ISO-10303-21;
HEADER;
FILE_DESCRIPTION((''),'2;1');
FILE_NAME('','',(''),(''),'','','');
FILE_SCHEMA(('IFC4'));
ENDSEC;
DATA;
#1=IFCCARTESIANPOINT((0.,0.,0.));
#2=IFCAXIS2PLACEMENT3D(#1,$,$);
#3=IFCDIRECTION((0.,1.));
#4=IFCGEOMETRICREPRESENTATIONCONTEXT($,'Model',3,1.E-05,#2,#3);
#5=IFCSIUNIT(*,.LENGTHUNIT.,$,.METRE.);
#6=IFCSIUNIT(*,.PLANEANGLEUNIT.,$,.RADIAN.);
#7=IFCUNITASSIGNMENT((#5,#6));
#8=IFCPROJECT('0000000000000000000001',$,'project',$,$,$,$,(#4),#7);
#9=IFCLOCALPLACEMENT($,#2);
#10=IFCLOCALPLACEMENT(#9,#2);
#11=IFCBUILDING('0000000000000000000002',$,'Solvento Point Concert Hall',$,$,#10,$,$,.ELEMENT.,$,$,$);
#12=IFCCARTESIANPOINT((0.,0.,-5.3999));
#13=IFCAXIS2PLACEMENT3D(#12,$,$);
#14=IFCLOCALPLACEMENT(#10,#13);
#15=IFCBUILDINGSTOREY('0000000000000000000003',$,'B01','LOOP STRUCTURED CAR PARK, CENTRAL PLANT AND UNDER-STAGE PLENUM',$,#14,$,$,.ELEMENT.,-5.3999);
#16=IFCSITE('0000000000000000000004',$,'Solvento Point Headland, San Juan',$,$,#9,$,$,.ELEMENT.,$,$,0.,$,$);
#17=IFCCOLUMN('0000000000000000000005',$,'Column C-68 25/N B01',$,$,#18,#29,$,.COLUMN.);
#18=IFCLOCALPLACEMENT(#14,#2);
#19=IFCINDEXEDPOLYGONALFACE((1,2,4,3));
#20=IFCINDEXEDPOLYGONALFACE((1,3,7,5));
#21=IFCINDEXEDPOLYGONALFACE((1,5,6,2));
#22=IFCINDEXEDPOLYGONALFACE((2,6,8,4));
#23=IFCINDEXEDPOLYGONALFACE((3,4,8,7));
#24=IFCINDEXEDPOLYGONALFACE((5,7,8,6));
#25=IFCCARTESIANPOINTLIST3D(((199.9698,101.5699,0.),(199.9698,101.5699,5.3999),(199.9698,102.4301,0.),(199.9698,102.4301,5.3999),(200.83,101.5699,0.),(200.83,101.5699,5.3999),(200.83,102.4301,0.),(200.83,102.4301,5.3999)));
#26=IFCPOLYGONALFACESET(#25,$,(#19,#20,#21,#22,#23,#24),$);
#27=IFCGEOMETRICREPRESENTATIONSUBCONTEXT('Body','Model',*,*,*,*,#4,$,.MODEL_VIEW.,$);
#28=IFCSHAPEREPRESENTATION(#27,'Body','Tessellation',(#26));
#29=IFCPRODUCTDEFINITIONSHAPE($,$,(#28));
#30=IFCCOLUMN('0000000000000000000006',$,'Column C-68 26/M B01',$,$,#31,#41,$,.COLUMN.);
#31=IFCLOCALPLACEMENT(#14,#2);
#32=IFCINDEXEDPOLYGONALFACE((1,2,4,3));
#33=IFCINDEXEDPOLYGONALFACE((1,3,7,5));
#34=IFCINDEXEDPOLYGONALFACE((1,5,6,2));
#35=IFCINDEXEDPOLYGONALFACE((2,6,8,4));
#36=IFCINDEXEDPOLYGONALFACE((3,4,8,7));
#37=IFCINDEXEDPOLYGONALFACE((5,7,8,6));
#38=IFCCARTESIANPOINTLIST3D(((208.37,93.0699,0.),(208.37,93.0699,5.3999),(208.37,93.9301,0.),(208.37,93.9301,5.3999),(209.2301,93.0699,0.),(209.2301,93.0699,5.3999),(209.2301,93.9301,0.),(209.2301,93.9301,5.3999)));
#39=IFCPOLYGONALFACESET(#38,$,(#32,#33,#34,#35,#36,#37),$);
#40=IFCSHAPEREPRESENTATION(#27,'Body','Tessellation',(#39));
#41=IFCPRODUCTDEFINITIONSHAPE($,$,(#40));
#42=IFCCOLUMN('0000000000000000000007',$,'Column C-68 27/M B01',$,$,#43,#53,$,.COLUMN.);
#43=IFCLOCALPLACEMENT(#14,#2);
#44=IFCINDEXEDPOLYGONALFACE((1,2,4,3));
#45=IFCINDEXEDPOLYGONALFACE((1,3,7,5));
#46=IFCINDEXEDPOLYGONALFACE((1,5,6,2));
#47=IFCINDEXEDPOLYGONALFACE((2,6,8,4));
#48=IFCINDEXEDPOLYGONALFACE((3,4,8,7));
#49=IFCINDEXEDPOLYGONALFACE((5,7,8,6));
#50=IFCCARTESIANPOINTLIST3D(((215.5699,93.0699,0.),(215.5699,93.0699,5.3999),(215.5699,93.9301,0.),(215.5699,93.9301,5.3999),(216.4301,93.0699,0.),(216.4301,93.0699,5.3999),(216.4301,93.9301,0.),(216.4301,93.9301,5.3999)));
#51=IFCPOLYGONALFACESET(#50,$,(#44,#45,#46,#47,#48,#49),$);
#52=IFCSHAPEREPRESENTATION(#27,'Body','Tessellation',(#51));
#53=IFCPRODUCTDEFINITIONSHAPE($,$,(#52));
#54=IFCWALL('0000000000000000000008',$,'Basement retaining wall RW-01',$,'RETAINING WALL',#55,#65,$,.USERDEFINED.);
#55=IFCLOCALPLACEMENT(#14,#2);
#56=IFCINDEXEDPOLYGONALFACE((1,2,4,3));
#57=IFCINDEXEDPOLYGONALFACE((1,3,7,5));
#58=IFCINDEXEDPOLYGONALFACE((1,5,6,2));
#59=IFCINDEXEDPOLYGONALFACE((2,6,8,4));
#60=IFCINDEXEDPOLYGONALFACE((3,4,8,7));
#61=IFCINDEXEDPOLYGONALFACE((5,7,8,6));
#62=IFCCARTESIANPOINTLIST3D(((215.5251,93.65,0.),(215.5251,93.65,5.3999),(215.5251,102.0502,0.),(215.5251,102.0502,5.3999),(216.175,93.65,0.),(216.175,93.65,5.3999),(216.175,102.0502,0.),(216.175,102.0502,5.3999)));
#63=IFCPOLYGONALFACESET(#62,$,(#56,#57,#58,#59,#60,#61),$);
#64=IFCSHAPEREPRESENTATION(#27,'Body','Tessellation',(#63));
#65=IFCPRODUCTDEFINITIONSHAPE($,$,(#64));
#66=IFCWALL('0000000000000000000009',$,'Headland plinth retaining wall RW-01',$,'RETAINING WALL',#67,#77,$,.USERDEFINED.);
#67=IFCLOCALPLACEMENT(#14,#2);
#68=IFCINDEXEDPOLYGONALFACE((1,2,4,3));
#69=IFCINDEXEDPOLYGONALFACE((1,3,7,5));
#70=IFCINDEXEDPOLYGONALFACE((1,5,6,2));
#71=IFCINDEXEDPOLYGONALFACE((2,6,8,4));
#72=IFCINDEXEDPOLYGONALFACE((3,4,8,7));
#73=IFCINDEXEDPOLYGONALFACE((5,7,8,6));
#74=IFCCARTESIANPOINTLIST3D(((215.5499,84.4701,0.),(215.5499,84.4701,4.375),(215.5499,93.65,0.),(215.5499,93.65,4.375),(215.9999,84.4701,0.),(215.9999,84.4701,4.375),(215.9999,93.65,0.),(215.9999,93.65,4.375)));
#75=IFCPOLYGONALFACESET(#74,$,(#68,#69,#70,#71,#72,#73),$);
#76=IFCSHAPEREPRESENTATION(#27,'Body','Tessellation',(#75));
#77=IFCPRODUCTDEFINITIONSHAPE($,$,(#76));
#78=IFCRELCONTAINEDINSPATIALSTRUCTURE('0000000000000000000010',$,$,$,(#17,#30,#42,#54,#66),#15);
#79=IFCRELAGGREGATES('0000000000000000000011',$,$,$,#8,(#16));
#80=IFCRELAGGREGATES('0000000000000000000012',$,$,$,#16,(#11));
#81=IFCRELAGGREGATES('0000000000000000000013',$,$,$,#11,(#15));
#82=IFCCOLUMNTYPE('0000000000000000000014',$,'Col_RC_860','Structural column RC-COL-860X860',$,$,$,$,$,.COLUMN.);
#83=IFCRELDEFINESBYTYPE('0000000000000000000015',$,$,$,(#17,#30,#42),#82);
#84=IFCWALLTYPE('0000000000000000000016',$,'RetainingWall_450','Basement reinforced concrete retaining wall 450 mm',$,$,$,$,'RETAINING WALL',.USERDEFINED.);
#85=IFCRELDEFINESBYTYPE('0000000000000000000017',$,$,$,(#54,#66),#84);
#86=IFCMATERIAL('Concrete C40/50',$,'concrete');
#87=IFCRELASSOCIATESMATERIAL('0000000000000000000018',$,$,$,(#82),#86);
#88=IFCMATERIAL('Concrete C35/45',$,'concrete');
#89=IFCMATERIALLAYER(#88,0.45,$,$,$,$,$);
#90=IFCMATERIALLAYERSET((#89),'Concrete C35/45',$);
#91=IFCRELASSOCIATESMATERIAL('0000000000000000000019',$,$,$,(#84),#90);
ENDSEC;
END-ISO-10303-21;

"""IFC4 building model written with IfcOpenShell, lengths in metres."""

from ifc_helpers import new_model, si_unit, direction, frame, frame_2d, origin, origin_2d, place, context, subcontext, project, spatial, rectangle, extrude, material, layer, layer_set, material_profile, profile_set, type_object, element, save


model = new_model("IFC4")

# Units and contexts
model_context = context("Model", 3, precision=1e-05, world=origin(), true_north=direction((0.0, 1.0)))
body_context = subcontext(model_context, "Body", "Model", "MODEL_VIEW")
ifc_project = project(units=[si_unit("LENGTHUNIT", "METRE"), si_unit("PLANEANGLEUNIT", "RADIAN")], contexts=[model_context])

# Site, building, storey
site_placement = place(None, origin())
site = spatial("IfcSite", under=ifc_project, at=site_placement, Name="Solvento Point Headland, San Juan", CompositionType="ELEMENT", RefElevation=0.0)
building_placement = place(site_placement, origin())
building = spatial("IfcBuilding", under=site, at=building_placement, Name="Solvento Point Concert Hall", CompositionType="ELEMENT")
storey_placement = place(building_placement, frame((0.0, 0.0, -5.3999)))
storey = spatial("IfcBuildingStorey", under=building, at=storey_placement, Name="B01", Description="LOOP STRUCTURED CAR PARK, CENTRAL PLANT AND UNDER-STAGE PLENUM", CompositionType="ELEMENT", Elevation=-5.3999)

# Columns
ifc_material_1 = material(Name="Concrete C40/50", Category="concrete")
ifc_material_profile_1 = material_profile(ifc_material_1, rectangle(XDim=0.8601, YDim=0.8601, at=origin_2d()), Name="RC-COL-860X860")
ifc_profile_set_1 = profile_set([ifc_material_profile_1], Name="Concrete C40/50")
column_type = type_object("IfcColumnType", Name="Col_RC_860", Description="Structural column RC-COL-860X860", PredefinedType="COLUMN", material=ifc_profile_set_1)
for number, where, z_axis, x_axis, name in (
    (1, (200.3999, 102.0, 0.0), (0.0, 0.0, 1.0), (1.0, 0.0, 0.0), "Column C-68 25/N B01"),
    (2, (208.8, 93.5, 0.0), (0.0, 0.0, 1.0), (1.0, 0.0, 0.0), "Column C-68 26/M B01"),
    (3, (216.0, 93.5, 0.0), (0.0, 0.0, 1.0), (1.0, 0.0, 0.0), "Column C-68 27/M B01"),
):
    element("IfcColumn", number, at=place(storey_placement, frame(where, z_axis=z_axis, x_axis=x_axis)), inside=storey, type_object=column_type, Name=name, PredefinedType="COLUMN", context=body_context, shape_type="SweptSolid", body=[
        extrude(rectangle(XDim=0.8601, YDim=0.8601, at=origin_2d()), origin(), (0.0, 0.0, 1.0), 5.3999),
    ])

# Walls
ifc_material_2 = material(Name="Concrete C35/45", Category="concrete")
ifc_layer = layer(ifc_material_2, 0.45)
ifc_layer_set = layer_set([ifc_layer], Name="Concrete C35/45")
wall_type = type_object("IfcWallType", Name="RetainingWall_450", Description="Basement reinforced concrete retaining wall 450 mm", ElementType="RETAINING WALL", PredefinedType="USERDEFINED", material=ifc_layer_set)
wall_1_placement = place(storey_placement, frame((215.8501, 93.6499, 0.0), z_axis=(0.0, 0.0, 1.0), x_axis=(0.0, 1.0, 0.0)))
element("IfcWall", 4, at=wall_1_placement, inside=storey, type_object=wall_type, Name="Basement retaining wall RW-01", ObjectType="RETAINING WALL", PredefinedType="USERDEFINED", context=body_context, shape_type="SweptSolid", body=[
    extrude(rectangle(XDim=8.4001, YDim=0.6499, at=frame_2d((4.2002, 0.0))), origin(), (0.0, 0.0, 1.0), 5.3999),
])
wall_2_placement = place(storey_placement, frame((215.7749, 93.6499, 0.0), z_axis=(0.0, 0.0, 1.0), x_axis=(0.0, -1.0, 0.0)))
element("IfcWall", 5, at=wall_2_placement, inside=storey, type_object=wall_type, Name="Headland plinth retaining wall RW-01", ObjectType="RETAINING WALL", PredefinedType="USERDEFINED", context=body_context, shape_type="SweptSolid", body=[
    extrude(rectangle(XDim=9.1799, YDim=0.45, at=frame_2d((4.5898, 0.0))), origin(), (0.0, 0.0, 1.0), 4.375),
])

save(model, "model.ifc")
